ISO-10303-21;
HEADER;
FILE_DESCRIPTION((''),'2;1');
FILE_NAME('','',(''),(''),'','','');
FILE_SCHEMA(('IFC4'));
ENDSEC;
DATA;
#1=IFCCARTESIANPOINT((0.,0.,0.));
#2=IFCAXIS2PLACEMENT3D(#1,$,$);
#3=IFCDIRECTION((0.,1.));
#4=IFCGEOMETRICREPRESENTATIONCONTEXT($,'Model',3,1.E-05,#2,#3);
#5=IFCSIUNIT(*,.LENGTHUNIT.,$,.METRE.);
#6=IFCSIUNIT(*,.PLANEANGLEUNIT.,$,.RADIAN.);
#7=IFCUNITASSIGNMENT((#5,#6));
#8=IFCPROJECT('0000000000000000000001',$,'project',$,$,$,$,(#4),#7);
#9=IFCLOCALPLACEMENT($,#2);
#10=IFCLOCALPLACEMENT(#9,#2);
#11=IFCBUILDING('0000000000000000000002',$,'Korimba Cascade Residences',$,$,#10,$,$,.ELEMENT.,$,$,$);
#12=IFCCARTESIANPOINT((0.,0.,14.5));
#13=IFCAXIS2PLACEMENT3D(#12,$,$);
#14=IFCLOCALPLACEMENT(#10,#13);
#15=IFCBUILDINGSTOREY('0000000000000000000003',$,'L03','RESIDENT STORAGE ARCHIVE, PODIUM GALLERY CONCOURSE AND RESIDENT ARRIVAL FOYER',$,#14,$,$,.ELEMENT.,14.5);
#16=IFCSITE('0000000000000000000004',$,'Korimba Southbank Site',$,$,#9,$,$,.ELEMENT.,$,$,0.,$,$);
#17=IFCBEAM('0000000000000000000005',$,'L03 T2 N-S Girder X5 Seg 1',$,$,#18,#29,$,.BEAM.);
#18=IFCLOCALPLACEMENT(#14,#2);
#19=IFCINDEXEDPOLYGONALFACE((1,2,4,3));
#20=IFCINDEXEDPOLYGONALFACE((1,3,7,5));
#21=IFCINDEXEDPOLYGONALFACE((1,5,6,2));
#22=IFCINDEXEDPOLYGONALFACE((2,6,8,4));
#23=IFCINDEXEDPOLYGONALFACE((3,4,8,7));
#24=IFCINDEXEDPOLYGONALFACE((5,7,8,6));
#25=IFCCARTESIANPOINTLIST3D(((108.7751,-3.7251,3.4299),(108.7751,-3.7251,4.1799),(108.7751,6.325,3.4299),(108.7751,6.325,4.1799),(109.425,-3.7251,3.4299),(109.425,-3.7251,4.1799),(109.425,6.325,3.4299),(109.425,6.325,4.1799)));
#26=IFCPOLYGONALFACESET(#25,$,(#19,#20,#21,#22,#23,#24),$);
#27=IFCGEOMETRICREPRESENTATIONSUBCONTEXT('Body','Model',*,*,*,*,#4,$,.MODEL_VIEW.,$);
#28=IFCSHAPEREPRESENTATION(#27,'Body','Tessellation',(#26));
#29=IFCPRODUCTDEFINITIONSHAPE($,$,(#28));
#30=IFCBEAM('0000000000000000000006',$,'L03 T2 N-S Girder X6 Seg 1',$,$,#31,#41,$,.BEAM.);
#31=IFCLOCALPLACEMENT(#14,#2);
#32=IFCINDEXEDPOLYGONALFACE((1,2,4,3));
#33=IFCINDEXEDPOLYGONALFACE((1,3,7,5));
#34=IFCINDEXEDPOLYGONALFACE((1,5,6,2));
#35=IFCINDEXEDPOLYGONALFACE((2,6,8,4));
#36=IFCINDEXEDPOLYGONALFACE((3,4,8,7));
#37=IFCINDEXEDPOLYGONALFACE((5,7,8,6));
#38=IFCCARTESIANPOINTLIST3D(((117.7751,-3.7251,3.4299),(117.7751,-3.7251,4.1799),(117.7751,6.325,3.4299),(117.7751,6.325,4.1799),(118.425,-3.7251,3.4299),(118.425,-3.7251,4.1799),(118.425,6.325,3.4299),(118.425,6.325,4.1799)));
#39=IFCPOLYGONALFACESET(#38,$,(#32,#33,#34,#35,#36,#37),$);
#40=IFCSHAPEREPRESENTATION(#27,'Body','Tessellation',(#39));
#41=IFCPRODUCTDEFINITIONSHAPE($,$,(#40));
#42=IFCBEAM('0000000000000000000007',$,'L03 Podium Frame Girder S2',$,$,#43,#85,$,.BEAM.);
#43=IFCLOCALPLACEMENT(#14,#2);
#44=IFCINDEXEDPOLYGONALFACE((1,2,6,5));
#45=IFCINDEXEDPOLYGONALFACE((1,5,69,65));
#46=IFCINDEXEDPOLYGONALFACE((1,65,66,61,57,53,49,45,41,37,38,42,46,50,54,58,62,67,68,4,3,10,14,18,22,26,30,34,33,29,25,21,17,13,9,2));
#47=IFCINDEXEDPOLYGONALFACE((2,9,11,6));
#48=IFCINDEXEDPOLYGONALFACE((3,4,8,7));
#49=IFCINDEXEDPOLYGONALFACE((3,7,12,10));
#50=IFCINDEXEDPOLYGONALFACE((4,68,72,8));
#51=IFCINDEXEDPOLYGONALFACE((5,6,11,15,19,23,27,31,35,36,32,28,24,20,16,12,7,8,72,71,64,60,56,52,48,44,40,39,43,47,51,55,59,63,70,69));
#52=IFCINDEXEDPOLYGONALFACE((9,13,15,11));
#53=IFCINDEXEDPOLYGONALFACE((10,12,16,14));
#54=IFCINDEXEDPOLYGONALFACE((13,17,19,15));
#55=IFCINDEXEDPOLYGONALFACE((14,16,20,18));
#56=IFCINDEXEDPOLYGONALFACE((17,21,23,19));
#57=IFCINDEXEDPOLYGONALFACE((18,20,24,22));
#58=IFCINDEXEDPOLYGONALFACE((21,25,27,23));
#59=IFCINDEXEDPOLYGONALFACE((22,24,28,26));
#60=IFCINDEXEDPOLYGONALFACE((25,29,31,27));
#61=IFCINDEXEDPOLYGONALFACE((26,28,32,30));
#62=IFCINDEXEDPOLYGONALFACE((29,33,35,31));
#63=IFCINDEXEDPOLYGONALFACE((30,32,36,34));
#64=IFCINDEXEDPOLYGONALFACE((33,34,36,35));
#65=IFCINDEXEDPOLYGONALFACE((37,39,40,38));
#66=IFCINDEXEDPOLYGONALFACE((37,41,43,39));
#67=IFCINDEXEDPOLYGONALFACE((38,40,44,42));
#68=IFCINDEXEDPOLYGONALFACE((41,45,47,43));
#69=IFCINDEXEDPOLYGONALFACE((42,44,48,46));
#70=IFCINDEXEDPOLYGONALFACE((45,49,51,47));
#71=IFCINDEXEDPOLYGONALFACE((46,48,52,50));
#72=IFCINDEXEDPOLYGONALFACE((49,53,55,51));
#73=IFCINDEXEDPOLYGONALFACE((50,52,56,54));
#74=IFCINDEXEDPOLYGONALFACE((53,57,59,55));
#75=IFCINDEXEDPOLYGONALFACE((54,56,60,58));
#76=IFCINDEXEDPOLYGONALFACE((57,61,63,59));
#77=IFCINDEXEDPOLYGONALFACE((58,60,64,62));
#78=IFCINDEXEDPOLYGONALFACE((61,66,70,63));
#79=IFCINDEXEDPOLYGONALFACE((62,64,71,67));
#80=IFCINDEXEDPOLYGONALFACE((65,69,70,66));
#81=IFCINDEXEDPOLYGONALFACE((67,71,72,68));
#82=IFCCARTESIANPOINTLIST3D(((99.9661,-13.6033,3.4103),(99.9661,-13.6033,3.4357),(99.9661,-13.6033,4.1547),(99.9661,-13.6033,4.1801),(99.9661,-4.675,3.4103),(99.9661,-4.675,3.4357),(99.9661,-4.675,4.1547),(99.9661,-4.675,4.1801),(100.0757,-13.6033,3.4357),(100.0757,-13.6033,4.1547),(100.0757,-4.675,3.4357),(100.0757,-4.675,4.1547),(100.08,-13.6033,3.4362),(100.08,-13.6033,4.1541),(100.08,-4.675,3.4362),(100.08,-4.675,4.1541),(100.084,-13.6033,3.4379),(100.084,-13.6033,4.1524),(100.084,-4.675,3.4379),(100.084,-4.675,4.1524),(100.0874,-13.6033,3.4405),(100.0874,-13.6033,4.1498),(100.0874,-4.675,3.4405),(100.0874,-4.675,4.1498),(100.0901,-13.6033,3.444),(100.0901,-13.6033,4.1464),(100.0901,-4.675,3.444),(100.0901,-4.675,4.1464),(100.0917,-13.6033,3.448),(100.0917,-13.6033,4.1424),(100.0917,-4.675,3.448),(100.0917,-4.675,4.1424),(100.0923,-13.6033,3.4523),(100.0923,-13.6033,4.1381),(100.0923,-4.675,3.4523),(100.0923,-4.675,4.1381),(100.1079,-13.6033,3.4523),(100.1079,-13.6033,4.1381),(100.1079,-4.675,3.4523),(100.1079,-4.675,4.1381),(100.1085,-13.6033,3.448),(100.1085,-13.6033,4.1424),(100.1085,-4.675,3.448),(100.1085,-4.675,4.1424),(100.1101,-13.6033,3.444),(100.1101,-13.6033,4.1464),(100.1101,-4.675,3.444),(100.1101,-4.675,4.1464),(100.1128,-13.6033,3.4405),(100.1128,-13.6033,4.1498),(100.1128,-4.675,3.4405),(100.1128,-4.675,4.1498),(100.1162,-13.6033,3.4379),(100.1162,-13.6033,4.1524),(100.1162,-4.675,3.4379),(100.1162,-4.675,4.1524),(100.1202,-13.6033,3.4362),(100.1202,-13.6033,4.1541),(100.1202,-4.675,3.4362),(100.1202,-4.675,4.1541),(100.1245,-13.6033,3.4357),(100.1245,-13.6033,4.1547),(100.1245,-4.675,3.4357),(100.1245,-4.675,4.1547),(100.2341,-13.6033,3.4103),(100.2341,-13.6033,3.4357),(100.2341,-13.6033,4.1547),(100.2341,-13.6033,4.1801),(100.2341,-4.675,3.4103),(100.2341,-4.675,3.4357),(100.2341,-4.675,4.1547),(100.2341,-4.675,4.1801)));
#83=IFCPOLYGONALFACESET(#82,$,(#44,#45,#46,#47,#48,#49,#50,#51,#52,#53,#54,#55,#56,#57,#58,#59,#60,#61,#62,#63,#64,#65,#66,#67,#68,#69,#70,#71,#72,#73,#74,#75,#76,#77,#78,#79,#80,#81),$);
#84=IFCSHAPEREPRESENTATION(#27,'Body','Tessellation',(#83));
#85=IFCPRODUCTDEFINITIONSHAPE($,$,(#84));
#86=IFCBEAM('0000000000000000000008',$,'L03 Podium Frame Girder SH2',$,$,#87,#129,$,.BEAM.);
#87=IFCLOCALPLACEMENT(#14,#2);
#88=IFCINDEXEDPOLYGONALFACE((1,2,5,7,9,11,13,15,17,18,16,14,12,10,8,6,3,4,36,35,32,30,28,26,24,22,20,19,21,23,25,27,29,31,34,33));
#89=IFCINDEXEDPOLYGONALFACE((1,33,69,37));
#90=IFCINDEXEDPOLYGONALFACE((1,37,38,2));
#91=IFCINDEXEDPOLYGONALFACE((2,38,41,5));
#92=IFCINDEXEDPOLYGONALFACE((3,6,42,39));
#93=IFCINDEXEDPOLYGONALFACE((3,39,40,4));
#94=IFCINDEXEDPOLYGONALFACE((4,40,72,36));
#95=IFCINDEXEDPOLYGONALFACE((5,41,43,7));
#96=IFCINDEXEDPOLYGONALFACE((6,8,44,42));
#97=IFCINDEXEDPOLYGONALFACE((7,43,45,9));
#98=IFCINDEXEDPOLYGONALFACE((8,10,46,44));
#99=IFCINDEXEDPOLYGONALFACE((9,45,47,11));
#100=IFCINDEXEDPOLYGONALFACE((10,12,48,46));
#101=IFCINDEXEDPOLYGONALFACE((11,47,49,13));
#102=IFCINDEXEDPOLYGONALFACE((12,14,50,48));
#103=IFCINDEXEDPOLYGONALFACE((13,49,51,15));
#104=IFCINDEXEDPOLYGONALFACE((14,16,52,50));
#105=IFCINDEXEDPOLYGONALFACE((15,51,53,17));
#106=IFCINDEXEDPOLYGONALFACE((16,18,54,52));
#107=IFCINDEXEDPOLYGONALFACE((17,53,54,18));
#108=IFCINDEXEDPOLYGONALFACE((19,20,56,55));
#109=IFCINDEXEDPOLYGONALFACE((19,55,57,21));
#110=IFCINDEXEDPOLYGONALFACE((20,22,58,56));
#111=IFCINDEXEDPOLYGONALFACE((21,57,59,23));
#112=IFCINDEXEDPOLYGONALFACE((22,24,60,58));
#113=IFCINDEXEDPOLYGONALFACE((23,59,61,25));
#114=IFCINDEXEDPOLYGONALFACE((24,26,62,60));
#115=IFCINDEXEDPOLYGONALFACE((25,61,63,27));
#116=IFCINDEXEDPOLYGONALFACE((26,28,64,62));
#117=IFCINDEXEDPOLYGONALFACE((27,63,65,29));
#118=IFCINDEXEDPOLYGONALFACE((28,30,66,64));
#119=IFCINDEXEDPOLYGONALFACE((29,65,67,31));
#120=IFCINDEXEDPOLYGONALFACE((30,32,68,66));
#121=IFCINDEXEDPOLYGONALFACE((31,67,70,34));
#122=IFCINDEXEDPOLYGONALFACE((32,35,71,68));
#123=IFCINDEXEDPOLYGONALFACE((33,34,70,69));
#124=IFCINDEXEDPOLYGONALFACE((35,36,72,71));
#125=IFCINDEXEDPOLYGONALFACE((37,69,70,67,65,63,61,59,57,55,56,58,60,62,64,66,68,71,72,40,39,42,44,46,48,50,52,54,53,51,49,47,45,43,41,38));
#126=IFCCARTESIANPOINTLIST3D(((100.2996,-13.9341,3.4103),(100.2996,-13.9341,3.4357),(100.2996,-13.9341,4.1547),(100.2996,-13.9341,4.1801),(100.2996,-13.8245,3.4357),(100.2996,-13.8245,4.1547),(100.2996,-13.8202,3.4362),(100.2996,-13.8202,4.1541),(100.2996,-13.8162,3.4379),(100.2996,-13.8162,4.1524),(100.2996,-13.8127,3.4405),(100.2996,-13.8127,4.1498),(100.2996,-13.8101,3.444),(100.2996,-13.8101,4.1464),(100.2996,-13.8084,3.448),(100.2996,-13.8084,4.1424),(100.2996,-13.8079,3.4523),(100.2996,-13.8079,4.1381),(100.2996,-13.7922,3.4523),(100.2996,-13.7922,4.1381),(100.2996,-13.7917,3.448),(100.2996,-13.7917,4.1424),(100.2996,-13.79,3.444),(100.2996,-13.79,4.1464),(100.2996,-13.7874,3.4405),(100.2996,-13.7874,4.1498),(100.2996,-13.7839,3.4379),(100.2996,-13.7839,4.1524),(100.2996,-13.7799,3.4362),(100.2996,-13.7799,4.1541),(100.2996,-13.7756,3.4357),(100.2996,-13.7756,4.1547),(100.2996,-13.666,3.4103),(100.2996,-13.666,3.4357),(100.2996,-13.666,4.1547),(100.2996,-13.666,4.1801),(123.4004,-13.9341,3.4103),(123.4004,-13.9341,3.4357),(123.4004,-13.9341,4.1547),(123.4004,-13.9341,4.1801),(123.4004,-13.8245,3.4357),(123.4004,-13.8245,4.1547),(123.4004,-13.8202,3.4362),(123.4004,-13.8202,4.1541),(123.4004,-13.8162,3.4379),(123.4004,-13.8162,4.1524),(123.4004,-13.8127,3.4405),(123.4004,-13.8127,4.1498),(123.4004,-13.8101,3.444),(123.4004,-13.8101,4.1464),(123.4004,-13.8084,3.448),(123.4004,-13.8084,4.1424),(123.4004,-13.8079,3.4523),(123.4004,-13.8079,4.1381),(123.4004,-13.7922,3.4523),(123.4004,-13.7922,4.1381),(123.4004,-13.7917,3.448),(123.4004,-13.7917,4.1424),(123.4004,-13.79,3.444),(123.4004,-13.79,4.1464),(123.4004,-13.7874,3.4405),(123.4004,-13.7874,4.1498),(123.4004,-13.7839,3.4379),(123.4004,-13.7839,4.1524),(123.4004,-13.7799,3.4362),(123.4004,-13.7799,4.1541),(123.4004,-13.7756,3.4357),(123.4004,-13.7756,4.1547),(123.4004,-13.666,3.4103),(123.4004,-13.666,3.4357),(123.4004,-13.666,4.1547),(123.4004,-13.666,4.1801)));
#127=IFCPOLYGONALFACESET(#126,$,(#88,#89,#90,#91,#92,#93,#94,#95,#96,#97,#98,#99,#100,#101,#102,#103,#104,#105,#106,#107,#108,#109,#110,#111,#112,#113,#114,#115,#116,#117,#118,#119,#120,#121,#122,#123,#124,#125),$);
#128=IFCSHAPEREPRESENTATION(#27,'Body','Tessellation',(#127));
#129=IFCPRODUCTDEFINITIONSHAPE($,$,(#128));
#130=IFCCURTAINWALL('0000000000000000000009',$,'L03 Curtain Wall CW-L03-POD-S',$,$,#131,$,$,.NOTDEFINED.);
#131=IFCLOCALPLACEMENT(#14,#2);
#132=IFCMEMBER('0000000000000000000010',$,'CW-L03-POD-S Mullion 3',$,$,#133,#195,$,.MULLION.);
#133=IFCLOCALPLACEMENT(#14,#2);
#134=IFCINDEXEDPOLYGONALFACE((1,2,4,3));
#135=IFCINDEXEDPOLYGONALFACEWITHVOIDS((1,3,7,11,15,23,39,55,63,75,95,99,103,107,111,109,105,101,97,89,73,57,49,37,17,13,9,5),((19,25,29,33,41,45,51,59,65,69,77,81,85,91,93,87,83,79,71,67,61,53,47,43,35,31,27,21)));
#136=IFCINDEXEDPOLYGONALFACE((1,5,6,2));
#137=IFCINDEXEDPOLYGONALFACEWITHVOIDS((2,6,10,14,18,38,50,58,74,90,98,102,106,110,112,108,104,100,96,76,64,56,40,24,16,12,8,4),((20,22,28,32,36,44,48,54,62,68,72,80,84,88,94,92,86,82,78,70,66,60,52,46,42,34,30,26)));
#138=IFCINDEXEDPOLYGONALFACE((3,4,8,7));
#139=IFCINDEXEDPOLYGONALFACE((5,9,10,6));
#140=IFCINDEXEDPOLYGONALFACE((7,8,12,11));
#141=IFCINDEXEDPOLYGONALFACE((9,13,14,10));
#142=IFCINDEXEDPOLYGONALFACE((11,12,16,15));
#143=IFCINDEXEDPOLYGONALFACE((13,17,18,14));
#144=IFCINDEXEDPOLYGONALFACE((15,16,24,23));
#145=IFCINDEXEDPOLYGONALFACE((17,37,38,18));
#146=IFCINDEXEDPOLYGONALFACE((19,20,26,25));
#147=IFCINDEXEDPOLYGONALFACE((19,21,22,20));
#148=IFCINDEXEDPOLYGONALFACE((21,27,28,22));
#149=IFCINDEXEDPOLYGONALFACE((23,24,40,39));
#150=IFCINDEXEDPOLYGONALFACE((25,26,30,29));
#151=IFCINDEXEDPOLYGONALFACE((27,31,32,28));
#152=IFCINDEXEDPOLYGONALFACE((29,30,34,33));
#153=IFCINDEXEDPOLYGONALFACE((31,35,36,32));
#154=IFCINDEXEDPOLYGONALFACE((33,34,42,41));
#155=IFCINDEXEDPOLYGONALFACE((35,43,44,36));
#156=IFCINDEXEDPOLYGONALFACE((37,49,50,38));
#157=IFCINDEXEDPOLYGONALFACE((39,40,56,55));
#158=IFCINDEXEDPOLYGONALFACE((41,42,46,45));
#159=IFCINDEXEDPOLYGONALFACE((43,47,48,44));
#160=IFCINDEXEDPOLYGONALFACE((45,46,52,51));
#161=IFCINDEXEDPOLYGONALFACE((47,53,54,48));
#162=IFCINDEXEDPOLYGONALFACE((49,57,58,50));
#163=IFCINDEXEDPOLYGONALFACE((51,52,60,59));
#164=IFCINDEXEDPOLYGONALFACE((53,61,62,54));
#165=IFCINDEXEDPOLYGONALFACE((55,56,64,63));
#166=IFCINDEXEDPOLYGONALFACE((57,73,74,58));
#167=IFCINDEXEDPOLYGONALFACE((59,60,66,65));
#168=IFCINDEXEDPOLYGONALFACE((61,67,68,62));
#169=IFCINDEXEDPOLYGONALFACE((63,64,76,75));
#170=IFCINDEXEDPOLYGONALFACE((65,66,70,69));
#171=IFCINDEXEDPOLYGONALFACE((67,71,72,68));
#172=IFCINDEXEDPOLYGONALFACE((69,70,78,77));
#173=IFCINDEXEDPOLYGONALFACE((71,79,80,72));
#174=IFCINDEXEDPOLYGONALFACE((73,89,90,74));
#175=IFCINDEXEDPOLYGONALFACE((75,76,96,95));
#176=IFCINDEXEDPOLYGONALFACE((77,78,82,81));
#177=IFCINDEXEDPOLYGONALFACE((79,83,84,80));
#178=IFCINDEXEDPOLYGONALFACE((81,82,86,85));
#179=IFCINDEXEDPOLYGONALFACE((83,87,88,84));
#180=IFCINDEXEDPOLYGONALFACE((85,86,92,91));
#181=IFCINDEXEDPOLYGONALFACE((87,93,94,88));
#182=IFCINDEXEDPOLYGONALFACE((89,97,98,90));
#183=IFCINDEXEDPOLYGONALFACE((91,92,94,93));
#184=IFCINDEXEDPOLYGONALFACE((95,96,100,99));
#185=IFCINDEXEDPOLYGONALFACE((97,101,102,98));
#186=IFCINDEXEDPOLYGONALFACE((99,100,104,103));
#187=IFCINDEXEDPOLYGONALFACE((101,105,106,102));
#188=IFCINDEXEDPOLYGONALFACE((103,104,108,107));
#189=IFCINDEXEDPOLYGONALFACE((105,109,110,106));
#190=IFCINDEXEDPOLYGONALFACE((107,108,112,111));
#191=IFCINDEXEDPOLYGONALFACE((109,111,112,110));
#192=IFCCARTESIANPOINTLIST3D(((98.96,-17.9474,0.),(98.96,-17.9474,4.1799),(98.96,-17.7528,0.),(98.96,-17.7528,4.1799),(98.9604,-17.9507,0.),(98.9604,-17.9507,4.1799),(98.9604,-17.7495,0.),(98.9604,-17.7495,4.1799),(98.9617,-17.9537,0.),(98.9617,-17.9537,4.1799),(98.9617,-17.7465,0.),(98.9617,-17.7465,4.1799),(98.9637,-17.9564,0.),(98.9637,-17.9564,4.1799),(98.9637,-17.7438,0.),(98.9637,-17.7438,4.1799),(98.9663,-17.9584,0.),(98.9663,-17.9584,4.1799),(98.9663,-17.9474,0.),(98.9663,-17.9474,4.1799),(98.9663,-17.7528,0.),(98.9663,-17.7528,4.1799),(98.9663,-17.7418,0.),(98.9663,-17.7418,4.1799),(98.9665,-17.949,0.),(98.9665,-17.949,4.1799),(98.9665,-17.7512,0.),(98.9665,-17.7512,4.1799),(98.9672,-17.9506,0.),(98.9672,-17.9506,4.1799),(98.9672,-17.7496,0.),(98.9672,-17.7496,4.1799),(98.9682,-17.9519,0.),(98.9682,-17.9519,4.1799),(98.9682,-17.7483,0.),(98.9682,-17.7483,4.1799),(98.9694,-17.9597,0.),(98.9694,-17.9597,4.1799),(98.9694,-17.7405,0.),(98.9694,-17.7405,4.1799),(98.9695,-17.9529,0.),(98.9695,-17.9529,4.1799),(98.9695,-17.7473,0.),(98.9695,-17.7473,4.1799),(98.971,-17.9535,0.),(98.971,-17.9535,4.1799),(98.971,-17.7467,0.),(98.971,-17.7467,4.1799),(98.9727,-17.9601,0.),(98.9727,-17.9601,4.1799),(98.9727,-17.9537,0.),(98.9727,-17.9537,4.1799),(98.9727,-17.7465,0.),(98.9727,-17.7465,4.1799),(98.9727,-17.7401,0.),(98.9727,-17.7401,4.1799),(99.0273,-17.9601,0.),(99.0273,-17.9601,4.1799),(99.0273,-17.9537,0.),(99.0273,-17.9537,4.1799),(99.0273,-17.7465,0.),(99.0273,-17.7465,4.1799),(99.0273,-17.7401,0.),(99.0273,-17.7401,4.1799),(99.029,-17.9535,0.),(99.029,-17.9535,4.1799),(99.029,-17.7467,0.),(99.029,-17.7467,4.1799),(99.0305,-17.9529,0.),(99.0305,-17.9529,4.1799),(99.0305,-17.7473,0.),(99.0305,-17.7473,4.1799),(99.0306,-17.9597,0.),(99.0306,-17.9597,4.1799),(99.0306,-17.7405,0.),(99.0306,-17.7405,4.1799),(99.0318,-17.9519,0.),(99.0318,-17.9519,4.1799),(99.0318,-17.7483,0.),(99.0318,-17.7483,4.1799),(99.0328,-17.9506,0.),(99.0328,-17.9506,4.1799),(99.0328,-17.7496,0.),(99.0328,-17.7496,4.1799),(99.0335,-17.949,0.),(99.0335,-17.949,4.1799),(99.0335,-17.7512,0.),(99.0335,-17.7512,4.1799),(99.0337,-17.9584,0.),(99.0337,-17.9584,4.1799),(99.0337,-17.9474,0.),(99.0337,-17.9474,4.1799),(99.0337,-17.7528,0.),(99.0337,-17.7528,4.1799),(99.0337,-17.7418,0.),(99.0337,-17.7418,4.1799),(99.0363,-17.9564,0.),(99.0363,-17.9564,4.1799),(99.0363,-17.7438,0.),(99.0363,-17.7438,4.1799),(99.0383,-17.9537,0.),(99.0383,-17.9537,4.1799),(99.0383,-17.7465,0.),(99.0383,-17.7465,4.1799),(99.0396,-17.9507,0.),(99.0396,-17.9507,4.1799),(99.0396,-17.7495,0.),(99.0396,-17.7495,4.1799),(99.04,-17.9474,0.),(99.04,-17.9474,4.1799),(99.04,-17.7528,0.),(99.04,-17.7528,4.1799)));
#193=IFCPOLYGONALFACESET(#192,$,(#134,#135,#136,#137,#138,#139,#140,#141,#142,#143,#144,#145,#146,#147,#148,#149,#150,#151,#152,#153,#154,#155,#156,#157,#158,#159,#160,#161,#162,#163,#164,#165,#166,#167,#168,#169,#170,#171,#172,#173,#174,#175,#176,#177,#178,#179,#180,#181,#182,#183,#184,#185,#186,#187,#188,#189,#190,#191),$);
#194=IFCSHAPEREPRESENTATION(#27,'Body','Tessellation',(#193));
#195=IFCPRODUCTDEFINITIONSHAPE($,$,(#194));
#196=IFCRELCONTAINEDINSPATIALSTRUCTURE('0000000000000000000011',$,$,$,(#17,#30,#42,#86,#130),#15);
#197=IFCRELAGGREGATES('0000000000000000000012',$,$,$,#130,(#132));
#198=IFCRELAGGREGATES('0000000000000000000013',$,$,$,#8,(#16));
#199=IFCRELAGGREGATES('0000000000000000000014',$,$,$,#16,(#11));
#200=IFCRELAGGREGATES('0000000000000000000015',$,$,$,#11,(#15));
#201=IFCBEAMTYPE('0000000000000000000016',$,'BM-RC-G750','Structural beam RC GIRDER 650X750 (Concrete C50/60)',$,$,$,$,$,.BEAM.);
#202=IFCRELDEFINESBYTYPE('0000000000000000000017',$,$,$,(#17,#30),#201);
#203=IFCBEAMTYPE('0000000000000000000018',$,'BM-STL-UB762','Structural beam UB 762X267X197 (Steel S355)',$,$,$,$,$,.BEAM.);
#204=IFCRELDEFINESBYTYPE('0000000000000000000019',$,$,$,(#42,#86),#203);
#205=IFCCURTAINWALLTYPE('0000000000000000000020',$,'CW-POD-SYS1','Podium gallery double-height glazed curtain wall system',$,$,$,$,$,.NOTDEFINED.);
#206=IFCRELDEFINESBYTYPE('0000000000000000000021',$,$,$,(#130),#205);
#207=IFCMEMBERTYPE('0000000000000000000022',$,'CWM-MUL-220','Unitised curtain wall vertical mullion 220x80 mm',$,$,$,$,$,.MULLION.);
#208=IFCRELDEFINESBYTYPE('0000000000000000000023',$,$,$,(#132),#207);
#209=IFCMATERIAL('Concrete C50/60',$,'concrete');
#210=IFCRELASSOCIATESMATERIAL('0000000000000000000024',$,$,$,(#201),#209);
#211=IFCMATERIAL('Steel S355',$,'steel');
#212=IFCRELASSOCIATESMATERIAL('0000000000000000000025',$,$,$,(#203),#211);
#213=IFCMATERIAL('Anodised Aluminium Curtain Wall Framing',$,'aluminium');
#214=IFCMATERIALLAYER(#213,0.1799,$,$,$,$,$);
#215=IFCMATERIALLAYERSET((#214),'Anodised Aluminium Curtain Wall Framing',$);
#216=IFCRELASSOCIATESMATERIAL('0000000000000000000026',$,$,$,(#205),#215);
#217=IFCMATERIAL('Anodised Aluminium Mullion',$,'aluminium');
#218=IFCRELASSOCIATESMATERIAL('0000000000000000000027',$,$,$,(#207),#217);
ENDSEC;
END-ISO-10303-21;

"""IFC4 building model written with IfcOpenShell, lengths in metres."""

from ifc_helpers import new_model, si_unit, direction, frame, origin, origin_2d, place, context, subcontext, project, spatial, rectangle, hollow_rectangle, i_section, extrude, material, layer, layer_set, material_profile, profile_set, type_object, element, aggregate, save


model = new_model("IFC4")

# Units and contexts
model_context = context("Model", 3, precision=1e-05, world=origin(), true_north=direction((0.0, 1.0)))
body_context = subcontext(model_context, "Body", "Model", "MODEL_VIEW")
ifc_project = project(units=[si_unit("LENGTHUNIT", "METRE"), si_unit("PLANEANGLEUNIT", "RADIAN")], contexts=[model_context])

# Site, building, storey
site_placement = place(None, origin())
site = spatial("IfcSite", under=ifc_project, at=site_placement, Name="Korimba Southbank Site", CompositionType="ELEMENT", RefElevation=0.0)
building_placement = place(site_placement, origin())
building = spatial("IfcBuilding", under=site, at=building_placement, Name="Korimba Cascade Residences", CompositionType="ELEMENT")
storey_placement = place(building_placement, frame((0.0, 0.0, 14.5)))
storey = spatial("IfcBuildingStorey", under=building, at=storey_placement, Name="L03", Description="RESIDENT STORAGE ARCHIVE, PODIUM GALLERY CONCOURSE AND RESIDENT ARRIVAL FOYER", CompositionType="ELEMENT", Elevation=14.5)

# Shared definitions
ifc_material_1 = material(Name="Steel S355", Category="steel")

# Beams
ifc_material_2 = material(Name="Concrete C50/60", Category="concrete")
ifc_material_profile_1 = material_profile(ifc_material_2, rectangle(XDim=0.6499, YDim=0.75, at=origin_2d()), Name="Concrete C50/60")
ifc_profile_set_1 = profile_set([ifc_material_profile_1], Name="Concrete C50/60")
beam_type_1 = type_object("IfcBeamType", Name="BM-RC-G750", Description="Structural beam RC GIRDER 650X750 (Concrete C50/60)", PredefinedType="BEAM", material=ifc_profile_set_1)
for number, where, z_axis, x_axis, name in (
    (1, (109.1001, -3.7251, 3.8049), (0.0, 1.0, 0.0), (-1.0, 0.0, 0.0), "L03 T2 N-S Girder X5 Seg 1"),
    (2, (118.1001, -3.7251, 3.8049), (0.0, 1.0, 0.0), (-1.0, 0.0, 0.0), "L03 T2 N-S Girder X6 Seg 1"),
):
    element("IfcBeam", number, at=place(storey_placement, frame(where, z_axis=z_axis, x_axis=x_axis)), inside=storey, type_object=beam_type_1, Name=name, PredefinedType="BEAM", context=body_context, shape_type="SweptSolid", body=[
        extrude(rectangle(XDim=0.6499, YDim=0.75, at=origin_2d()), origin(), (0.0, 0.0, 1.0), 10.05),
    ])
ifc_material_profile_2 = material_profile(ifc_material_1, i_section(OverallWidth=0.2681, OverallDepth=0.7698, WebThickness=0.0156, FlangeThickness=0.0254, FilletRadius=0.0166, at=origin_2d()), Name="Steel S355")
ifc_profile_set_2 = profile_set([ifc_material_profile_2], Name="Steel S355")
beam_type_2 = type_object("IfcBeamType", Name="BM-STL-UB762", Description="Structural beam UB 762X267X197 (Steel S355)", PredefinedType="BEAM", material=ifc_profile_set_2)
beam_1_placement = place(storey_placement, frame((100.1001, -13.6033, 3.7952), z_axis=(0.0, 1.0, 0.0), x_axis=(-1.0, 0.0, 0.0)))
element("IfcBeam", 3, at=beam_1_placement, inside=storey, type_object=beam_type_2, Name="L03 Podium Frame Girder S2", PredefinedType="BEAM", context=body_context, shape_type="SweptSolid", body=[
    extrude(i_section(OverallWidth=0.2681, OverallDepth=0.7698, WebThickness=0.0156, FlangeThickness=0.0254, FilletRadius=0.0166, at=origin_2d()), origin(), (0.0, 0.0, 1.0), 8.9282),
])
beam_2_placement = place(storey_placement, frame((100.2996, -13.8, 3.7952), z_axis=(1.0, 0.0, 0.0), x_axis=(0.0, 1.0, 0.0)))
element("IfcBeam", 4, at=beam_2_placement, inside=storey, type_object=beam_type_2, Name="L03 Podium Frame Girder SH2", PredefinedType="BEAM", context=body_context, shape_type="SweptSolid", body=[
    extrude(i_section(OverallWidth=0.2681, OverallDepth=0.7698, WebThickness=0.0156, FlangeThickness=0.0254, FilletRadius=0.0166, at=origin_2d()), origin(), (0.0, 0.0, 1.0), 23.1008),
])

# Curtain wall, member
ifc_material_3 = material(Name="Anodised Aluminium Curtain Wall Framing", Category="aluminium")
ifc_layer_1 = layer(ifc_material_3, 0.1799)
ifc_layer_set_1 = layer_set([ifc_layer_1], Name="Anodised Aluminium Curtain Wall Framing")
curtain_wall_type = type_object("IfcCurtainWallType", Name="CW-POD-SYS1", Description="Podium gallery double-height glazed curtain wall system", PredefinedType="NOTDEFINED", material=ifc_layer_set_1)
curtain_wall_placement = place(storey_placement, origin())
curtain_wall = element("IfcCurtainWall", 5, at=curtain_wall_placement, inside=storey, type_object=curtain_wall_type, Name="L03 Curtain Wall CW-L03-POD-S", PredefinedType="NOTDEFINED")
ifc_material_4 = material(Name="Anodised Aluminium Mullion", Category="aluminium")
ifc_material_profile_3 = material_profile(ifc_material_4, hollow_rectangle(XDim=0.0801, YDim=0.22, WallThickness=0.0063, InnerFilletRadius=0.0063, OuterFilletRadius=0.0127, at=origin_2d()), Name="Anodised Aluminium Mullion")
ifc_profile_set_3 = profile_set([ifc_material_profile_3], Name="Anodised Aluminium Mullion")
member_type_1 = type_object("IfcMemberType", Name="CWM-MUL-220", Description="Unitised curtain wall vertical mullion 220x80 mm", PredefinedType="MULLION", material=ifc_profile_set_3)
member_1_placement = place(storey_placement, frame((99.0, -17.8501, 0.0), z_axis=(0.0, 0.0, 1.0), x_axis=(1.0, 0.0, 0.0)))
member_1 = element("IfcMember", 6, at=member_1_placement, type_object=member_type_1, Name="CW-L03-POD-S Mullion 3", PredefinedType="MULLION", context=body_context, shape_type="SweptSolid", body=[
    extrude(hollow_rectangle(XDim=0.0801, YDim=0.22, WallThickness=0.0063, InnerFilletRadius=0.0063, OuterFilletRadius=0.0127, at=origin_2d()), origin(), (0.0, 0.0, 1.0), 4.1799),
])
aggregate(curtain_wall, [member_1])

save(model, "model.ifc")
